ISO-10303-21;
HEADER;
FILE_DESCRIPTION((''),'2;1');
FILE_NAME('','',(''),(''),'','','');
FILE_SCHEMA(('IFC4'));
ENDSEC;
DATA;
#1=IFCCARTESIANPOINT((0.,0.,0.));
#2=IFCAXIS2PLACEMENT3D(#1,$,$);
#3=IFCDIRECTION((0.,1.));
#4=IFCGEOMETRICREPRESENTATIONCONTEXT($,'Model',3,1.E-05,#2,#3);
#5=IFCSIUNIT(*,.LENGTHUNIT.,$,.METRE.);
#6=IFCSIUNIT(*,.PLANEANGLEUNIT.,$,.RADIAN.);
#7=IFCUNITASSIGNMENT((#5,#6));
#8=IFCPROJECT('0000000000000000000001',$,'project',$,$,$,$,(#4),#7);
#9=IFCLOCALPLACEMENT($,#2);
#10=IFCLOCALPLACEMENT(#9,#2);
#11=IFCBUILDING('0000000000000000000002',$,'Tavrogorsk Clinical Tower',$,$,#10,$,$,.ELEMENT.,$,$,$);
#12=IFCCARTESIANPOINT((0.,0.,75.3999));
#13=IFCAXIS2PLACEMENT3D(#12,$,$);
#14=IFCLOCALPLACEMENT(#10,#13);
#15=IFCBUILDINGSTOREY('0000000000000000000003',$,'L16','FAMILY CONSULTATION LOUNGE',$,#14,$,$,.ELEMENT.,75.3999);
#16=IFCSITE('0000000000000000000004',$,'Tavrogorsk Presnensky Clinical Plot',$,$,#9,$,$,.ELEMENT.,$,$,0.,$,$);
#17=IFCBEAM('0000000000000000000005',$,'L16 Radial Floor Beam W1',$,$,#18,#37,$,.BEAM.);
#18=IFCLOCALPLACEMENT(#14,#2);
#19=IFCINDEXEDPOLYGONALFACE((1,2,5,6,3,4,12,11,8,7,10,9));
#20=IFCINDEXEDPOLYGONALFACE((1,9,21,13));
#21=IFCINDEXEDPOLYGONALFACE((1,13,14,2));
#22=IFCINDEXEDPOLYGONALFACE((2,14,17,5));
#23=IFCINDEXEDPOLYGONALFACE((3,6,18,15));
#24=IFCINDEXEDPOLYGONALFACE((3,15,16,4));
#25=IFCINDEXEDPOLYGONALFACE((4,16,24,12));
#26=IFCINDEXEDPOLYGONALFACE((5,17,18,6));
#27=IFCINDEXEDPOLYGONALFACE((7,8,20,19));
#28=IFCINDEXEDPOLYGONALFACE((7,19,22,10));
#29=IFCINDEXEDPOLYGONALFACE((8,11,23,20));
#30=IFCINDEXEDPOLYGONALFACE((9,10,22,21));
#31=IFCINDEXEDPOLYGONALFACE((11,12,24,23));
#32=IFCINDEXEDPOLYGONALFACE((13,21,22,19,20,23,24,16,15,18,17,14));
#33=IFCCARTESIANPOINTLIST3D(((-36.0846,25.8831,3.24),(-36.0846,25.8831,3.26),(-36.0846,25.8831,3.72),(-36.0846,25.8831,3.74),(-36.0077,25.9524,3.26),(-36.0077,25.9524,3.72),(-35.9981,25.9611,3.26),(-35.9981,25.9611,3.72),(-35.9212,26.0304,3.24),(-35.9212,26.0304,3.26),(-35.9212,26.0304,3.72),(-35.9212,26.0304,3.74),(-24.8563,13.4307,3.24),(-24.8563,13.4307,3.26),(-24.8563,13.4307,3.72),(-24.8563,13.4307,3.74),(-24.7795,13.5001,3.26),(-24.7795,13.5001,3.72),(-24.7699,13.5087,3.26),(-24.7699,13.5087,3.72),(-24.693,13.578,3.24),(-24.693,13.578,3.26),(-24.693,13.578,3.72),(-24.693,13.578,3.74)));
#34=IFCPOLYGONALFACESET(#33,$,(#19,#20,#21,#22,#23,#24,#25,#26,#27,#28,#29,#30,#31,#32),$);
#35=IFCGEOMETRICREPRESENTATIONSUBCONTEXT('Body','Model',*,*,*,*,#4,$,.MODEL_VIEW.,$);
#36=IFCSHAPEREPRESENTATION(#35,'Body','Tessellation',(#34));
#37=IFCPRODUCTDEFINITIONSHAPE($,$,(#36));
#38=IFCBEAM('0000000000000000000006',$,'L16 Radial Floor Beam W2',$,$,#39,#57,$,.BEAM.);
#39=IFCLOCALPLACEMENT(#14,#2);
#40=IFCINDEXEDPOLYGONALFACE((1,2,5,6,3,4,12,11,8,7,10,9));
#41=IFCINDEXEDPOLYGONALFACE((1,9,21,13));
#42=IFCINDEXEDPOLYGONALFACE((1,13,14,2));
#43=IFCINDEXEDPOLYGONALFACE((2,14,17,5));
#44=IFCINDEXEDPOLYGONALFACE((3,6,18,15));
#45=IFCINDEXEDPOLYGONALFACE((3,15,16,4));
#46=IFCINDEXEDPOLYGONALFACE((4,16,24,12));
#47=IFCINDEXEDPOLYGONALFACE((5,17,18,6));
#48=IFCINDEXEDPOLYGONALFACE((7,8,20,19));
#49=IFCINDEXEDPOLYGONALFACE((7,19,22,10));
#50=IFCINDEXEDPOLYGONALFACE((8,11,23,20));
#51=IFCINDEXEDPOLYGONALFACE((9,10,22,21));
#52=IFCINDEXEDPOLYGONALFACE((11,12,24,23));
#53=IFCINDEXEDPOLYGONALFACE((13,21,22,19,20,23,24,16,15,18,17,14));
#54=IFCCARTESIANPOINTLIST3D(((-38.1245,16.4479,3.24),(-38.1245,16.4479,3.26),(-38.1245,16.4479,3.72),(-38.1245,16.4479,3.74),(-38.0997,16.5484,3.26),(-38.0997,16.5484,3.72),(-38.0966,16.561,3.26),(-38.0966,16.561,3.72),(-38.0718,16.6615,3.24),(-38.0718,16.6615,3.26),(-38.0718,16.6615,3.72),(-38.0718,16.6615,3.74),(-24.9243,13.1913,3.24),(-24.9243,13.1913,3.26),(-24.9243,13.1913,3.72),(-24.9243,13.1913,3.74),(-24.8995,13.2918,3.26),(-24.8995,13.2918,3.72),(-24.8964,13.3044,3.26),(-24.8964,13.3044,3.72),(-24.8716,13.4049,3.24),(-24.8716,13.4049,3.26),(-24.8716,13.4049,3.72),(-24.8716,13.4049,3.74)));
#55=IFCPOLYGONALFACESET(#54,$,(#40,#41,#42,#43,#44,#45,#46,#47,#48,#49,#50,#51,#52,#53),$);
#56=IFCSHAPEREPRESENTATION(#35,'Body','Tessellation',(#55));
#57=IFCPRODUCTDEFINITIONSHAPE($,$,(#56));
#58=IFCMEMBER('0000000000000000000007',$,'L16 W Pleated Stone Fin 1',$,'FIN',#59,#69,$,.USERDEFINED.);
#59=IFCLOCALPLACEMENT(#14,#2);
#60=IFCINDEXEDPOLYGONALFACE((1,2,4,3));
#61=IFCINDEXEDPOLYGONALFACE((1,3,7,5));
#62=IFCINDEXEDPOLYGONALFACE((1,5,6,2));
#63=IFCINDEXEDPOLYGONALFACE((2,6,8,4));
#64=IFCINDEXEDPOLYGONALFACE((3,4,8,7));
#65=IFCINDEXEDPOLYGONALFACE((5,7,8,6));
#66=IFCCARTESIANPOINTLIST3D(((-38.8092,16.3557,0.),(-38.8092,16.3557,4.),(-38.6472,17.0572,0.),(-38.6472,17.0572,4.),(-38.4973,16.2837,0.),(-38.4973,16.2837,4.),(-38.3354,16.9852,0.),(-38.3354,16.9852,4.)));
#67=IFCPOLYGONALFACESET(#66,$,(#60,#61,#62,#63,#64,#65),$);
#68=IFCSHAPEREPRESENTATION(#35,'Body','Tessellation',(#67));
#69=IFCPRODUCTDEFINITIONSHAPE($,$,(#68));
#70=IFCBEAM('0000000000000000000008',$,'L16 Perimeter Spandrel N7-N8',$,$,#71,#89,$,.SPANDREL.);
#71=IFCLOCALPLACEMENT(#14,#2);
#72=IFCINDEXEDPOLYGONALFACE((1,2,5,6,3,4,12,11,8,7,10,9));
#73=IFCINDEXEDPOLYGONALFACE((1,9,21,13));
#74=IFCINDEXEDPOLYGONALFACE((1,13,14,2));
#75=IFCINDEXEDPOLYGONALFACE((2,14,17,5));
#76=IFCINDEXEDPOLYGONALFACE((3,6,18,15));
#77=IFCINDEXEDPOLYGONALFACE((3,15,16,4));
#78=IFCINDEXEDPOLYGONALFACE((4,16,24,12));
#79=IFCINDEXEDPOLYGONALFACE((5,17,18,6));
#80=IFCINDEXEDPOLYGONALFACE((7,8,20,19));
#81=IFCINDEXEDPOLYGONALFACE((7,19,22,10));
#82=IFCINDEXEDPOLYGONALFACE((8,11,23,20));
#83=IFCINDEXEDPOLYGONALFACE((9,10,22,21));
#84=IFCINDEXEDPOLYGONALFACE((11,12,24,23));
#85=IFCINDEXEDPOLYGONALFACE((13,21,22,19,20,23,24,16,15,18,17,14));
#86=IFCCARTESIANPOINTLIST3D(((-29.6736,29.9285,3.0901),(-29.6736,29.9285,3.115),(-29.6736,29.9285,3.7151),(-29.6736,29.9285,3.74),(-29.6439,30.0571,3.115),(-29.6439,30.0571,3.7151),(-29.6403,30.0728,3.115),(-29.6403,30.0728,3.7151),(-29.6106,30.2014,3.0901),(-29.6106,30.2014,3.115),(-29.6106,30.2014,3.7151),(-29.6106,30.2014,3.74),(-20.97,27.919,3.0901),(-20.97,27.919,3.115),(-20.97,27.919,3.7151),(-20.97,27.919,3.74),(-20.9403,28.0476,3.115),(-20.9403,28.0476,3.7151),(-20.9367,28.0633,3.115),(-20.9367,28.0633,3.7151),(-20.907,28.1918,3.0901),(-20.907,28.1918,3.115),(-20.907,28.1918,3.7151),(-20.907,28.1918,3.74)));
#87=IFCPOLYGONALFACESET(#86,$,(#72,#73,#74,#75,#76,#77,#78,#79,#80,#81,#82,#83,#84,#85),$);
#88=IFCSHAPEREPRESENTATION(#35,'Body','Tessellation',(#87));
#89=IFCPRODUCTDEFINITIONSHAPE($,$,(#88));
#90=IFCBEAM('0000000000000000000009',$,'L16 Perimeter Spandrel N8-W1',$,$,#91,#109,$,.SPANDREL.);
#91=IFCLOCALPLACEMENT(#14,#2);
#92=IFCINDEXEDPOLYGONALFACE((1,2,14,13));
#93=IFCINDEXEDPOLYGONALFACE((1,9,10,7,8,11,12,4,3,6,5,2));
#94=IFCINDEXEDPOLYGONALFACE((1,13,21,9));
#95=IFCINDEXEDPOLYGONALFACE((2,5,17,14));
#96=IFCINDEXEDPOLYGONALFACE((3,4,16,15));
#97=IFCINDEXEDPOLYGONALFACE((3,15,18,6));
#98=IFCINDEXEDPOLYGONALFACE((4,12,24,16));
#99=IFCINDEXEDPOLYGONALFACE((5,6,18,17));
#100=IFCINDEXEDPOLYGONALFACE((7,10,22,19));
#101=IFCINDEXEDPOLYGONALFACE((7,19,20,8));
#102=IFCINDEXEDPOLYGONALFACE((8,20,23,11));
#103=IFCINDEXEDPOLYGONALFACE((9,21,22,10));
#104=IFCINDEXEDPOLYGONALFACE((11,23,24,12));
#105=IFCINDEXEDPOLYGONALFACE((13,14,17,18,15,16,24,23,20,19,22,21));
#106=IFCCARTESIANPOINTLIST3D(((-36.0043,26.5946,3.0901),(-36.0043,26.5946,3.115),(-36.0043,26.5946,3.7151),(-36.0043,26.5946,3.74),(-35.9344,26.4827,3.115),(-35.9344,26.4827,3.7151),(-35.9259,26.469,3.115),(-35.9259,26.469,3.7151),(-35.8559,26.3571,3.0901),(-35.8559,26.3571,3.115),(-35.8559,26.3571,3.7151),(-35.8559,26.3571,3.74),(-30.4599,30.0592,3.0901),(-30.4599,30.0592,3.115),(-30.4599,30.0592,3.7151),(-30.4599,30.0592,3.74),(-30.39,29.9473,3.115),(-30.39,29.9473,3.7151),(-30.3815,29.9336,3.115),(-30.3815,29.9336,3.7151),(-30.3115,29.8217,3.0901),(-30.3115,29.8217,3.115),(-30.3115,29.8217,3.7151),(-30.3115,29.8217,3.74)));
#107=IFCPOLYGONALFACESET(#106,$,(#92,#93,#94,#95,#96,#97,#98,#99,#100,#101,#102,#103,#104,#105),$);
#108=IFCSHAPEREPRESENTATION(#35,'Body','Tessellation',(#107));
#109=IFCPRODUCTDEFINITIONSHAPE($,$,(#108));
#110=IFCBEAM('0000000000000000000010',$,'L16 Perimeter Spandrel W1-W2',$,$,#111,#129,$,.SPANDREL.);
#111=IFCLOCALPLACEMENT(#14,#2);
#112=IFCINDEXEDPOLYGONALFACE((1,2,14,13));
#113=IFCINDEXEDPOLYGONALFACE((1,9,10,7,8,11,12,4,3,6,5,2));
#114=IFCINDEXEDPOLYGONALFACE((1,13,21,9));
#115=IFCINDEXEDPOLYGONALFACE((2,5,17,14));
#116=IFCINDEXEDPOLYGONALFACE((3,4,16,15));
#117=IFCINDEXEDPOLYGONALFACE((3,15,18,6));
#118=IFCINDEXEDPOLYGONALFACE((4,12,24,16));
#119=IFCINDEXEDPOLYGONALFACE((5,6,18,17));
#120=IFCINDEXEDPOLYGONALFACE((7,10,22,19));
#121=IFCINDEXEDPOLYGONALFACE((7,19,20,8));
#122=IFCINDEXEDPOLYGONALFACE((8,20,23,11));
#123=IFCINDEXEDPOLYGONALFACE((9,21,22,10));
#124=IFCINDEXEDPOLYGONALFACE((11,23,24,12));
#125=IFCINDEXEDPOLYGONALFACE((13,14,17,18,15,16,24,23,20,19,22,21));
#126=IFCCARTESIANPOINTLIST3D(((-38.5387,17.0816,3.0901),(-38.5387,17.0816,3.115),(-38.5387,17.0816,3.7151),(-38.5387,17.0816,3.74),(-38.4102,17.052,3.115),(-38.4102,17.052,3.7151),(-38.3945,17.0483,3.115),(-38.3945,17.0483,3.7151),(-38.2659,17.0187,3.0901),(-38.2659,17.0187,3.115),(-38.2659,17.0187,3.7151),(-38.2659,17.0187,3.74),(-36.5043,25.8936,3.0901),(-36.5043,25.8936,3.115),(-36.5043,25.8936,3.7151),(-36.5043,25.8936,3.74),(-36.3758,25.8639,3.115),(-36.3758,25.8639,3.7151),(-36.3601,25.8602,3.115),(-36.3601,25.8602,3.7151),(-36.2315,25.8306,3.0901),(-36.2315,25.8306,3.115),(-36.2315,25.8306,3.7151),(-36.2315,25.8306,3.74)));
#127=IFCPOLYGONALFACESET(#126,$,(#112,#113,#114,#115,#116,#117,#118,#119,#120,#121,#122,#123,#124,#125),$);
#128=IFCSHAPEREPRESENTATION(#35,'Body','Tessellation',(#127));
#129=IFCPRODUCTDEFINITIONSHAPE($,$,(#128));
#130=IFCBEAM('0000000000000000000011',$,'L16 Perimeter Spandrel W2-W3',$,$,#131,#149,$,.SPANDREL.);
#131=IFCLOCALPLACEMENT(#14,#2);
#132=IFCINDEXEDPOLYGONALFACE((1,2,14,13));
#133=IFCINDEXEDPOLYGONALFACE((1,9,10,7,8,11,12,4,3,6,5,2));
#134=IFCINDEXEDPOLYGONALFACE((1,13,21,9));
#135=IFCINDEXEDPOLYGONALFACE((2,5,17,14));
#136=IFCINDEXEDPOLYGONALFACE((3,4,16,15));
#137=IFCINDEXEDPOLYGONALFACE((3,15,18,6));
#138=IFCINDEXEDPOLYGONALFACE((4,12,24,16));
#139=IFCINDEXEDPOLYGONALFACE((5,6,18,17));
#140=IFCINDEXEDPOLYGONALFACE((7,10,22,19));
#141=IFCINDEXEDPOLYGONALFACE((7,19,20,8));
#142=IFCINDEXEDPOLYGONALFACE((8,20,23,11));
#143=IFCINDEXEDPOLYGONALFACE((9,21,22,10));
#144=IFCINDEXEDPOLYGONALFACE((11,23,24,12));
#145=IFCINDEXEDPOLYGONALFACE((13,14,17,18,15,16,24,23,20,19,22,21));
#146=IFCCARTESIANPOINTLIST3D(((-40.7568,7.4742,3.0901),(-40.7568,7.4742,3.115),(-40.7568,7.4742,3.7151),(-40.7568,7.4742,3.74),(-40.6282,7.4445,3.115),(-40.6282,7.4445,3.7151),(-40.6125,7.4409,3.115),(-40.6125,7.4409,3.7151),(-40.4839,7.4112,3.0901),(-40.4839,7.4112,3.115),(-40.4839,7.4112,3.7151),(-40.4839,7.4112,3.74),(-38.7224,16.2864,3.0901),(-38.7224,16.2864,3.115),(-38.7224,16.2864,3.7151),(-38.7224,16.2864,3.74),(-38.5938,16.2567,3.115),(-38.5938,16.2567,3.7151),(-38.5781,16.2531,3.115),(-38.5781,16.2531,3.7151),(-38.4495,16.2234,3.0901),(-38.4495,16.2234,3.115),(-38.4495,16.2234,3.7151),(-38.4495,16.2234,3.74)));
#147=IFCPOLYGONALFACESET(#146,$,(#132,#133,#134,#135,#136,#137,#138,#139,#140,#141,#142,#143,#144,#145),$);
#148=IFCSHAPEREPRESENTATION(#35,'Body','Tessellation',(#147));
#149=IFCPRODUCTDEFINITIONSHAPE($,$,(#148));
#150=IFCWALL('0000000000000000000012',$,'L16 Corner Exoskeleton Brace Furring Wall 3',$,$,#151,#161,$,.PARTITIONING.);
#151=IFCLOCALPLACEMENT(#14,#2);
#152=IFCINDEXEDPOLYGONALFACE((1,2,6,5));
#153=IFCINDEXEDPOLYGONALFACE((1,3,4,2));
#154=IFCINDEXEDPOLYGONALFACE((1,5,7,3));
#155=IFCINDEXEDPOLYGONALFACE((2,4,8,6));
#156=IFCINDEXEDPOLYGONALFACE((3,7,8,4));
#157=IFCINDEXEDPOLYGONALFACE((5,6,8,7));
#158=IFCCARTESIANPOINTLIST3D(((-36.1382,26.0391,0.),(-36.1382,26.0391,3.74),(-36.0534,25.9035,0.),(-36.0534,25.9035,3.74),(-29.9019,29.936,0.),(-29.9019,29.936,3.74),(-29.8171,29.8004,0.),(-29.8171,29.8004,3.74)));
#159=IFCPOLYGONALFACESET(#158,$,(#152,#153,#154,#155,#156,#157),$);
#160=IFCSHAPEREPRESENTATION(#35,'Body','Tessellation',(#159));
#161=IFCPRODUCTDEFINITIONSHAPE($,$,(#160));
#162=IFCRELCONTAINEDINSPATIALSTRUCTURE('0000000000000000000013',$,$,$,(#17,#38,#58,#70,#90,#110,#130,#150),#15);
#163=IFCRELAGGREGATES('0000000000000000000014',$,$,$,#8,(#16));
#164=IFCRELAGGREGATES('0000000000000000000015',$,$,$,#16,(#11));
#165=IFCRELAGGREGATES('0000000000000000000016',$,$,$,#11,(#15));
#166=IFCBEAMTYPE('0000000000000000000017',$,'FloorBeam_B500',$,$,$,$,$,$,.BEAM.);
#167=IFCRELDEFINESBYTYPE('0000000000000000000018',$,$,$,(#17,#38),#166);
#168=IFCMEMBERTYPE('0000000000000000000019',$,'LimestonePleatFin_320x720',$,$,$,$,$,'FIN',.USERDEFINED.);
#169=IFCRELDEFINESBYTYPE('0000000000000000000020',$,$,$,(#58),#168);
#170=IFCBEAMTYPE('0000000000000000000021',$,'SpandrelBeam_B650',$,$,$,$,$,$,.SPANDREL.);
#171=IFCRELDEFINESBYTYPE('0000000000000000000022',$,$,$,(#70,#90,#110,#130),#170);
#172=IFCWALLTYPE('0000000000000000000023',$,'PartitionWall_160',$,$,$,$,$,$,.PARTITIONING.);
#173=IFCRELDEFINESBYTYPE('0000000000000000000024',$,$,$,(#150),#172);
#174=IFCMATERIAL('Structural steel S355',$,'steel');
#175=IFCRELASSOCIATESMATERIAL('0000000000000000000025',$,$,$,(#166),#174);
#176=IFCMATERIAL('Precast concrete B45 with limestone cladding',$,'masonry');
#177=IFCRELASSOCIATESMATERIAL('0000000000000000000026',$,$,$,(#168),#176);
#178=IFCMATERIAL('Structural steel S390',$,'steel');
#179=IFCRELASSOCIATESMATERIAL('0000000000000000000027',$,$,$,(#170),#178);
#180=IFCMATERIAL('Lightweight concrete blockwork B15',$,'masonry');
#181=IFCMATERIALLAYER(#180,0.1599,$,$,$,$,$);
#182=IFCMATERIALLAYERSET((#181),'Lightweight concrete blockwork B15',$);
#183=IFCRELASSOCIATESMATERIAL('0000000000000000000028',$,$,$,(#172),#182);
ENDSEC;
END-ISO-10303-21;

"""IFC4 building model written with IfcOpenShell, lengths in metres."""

from ifc_helpers import new_model, si_unit, direction, frame, frame_2d, origin, origin_2d, place, context, subcontext, project, spatial, rectangle, i_section, extrude, material, layer, layer_set, material_profile, profile_set, type_object, element, save


model = new_model("IFC4")

# Units and contexts
model_context = context("Model", 3, precision=1e-05, world=origin(), true_north=direction((0.0, 1.0)))
body_context = subcontext(model_context, "Body", "Model", "MODEL_VIEW")
ifc_project = project(units=[si_unit("LENGTHUNIT", "METRE"), si_unit("PLANEANGLEUNIT", "RADIAN")], contexts=[model_context])

# Site, building, storey
site_placement = place(None, origin())
site = spatial("IfcSite", under=ifc_project, at=site_placement, Name="Tavrogorsk Presnensky Clinical Plot", CompositionType="ELEMENT", RefElevation=0.0)
building_placement = place(site_placement, origin())
building = spatial("IfcBuilding", under=site, at=building_placement, Name="Tavrogorsk Clinical Tower", CompositionType="ELEMENT")
storey_placement = place(building_placement, frame((0.0, 0.0, 75.3999)))
storey = spatial("IfcBuildingStorey", under=building, at=storey_placement, Name="L16", Description="FAMILY CONSULTATION LOUNGE", CompositionType="ELEMENT", Elevation=75.3999)

# Beams
ifc_material_1 = material(Name="Structural steel S355", Category="steel")
ifc_material_profile_1 = material_profile(ifc_material_1, i_section(OverallWidth=0.22, OverallDepth=0.5, WebThickness=0.0129, FlangeThickness=0.02, at=origin_2d()), Name="B-500x220x13x20")
ifc_profile_set_1 = profile_set([ifc_material_profile_1], Name="Structural steel S355")
beam_type_1 = type_object("IfcBeamType", Name="FloorBeam_B500", PredefinedType="BEAM", material=ifc_profile_set_1)
beam_1_placement = place(storey_placement, frame((-24.7747, 13.5044, 3.49), z_axis=(-0.66966, 0.742668, 0.0), x_axis=(-0.742668, -0.66966, 0.0)))
element("IfcBeam", 1, at=beam_1_placement, inside=storey, type_object=beam_type_1, Name="L16 Radial Floor Beam W1", PredefinedType="BEAM", context=body_context, shape_type="SweptSolid", body=[
    extrude(i_section(OverallWidth=0.22, OverallDepth=0.5, WebThickness=0.0129, FlangeThickness=0.02, at=origin_2d()), origin(), (0.0, 0.0, 1.0), 16.7671),
])
beam_2_placement = place(storey_placement, frame((-24.8979, 13.2981, 3.49), z_axis=(-0.97089, 0.239526, 0.0), x_axis=(-0.239526, -0.97089, 0.0)))
element("IfcBeam", 2, at=beam_2_placement, inside=storey, type_object=beam_type_1, Name="L16 Radial Floor Beam W2", PredefinedType="BEAM", context=body_context, shape_type="SweptSolid", body=[
    extrude(i_section(OverallWidth=0.22, OverallDepth=0.5, WebThickness=0.0129, FlangeThickness=0.02, at=origin_2d()), origin(), (0.0, 0.0, 1.0), 13.5959),
])

# Member
ifc_material_2 = material(Name="Precast concrete B45 with limestone cladding", Category="masonry")
ifc_material_profile_2 = material_profile(ifc_material_2, rectangle(XDim=0.3201, YDim=0.72, at=origin_2d()), Name="LIMESTONE-FIN-320x720")
ifc_profile_set_2 = profile_set([ifc_material_profile_2], Name="Precast concrete B45 with limestone cladding")
member_type_1 = type_object("IfcMemberType", Name="LimestonePleatFin_320x720", ElementType="FIN", PredefinedType="USERDEFINED", material=ifc_profile_set_2)
member_1_placement = place(storey_placement, frame((-38.5723, 16.6704, 0.0), z_axis=(0.0, 0.0, 1.0), x_axis=(0.97437, -0.224951, 0.0)))
element("IfcMember", 3, at=member_1_placement, inside=storey, type_object=member_type_1, Name="L16 W Pleated Stone Fin 1", ObjectType="FIN", PredefinedType="USERDEFINED", context=body_context, shape_type="SweptSolid", body=[
    extrude(rectangle(XDim=0.3201, YDim=0.72, at=origin_2d()), origin(), (0.0, 0.0, 1.0), 4.0),
])

# Beams
ifc_material_3 = material(Name="Structural steel S390", Category="steel")
ifc_material_profile_3 = material_profile(ifc_material_3, i_section(OverallWidth=0.28, OverallDepth=0.6499, WebThickness=0.0161, FlangeThickness=0.0249, at=origin_2d()), Name="B-650x280x16x25")
ifc_profile_set_3 = profile_set([ifc_material_profile_3], Name="Structural steel S390")
beam_type_2 = type_object("IfcBeamType", Name="SpandrelBeam_B650", PredefinedType="SPANDREL", material=ifc_profile_set_3)
beam_3_placement = place(storey_placement, frame((-20.9385, 28.0554, 3.415), z_axis=(-0.974367, 0.224965, 0.0), x_axis=(-0.224965, -0.974367, 0.0)))
element("IfcBeam", 4, at=beam_3_placement, inside=storey, type_object=beam_type_2, Name="L16 Perimeter Spandrel N7-N8", PredefinedType="SPANDREL", context=body_context, shape_type="SweptSolid", body=[
    extrude(i_section(OverallWidth=0.28, OverallDepth=0.6499, WebThickness=0.0161, FlangeThickness=0.0249, at=origin_2d()), origin(), (0.0, 0.0, 1.0), 8.9326),
])
beam_4_placement = place(storey_placement, frame((-30.3857, 29.9404, 3.415), z_axis=(-0.848044, -0.529925, 0.0), x_axis=(0.529925, -0.848044, 0.0)))
element("IfcBeam", 5, at=beam_4_placement, inside=storey, type_object=beam_type_2, Name="L16 Perimeter Spandrel N8-W1", PredefinedType="SPANDREL", context=body_context, shape_type="SweptSolid", body=[
    extrude(i_section(OverallWidth=0.28, OverallDepth=0.6499, WebThickness=0.0161, FlangeThickness=0.0249, at=origin_2d()), origin(), (0.0, 0.0, 1.0), 6.5378),
])
beam_5_placement = place(storey_placement, frame((-36.3679, 25.8621, 3.415), z_axis=(-0.224952, -0.97437, 0.0), x_axis=(0.97437, -0.224952, 0.0)))
element("IfcBeam", 6, at=beam_5_placement, inside=storey, type_object=beam_type_2, Name="L16 Perimeter Spandrel W1-W2", PredefinedType="SPANDREL", context=body_context, shape_type="SweptSolid", body=[
    extrude(i_section(OverallWidth=0.28, OverallDepth=0.6499, WebThickness=0.0161, FlangeThickness=0.0249, at=origin_2d()), origin(), (0.0, 0.0, 1.0), 9.0437),
])
beam_6_placement = place(storey_placement, frame((-38.5859, 16.2549, 3.415), z_axis=(-0.224946, -0.974371, 0.0), x_axis=(0.974371, -0.224946, 0.0)))
element("IfcBeam", 7, at=beam_6_placement, inside=storey, type_object=beam_type_2, Name="L16 Perimeter Spandrel W2-W3", PredefinedType="SPANDREL", context=body_context, shape_type="SweptSolid", body=[
    extrude(i_section(OverallWidth=0.28, OverallDepth=0.6499, WebThickness=0.0161, FlangeThickness=0.0249, at=origin_2d()), origin(), (0.0, 0.0, 1.0), 9.0439),
])

# Wall
ifc_material_4 = material(Name="Lightweight concrete blockwork B15", Category="masonry")
ifc_layer_1 = layer(ifc_material_4, 0.1599)
ifc_layer_set_1 = layer_set([ifc_layer_1], Name="Lightweight concrete blockwork B15")
wall_type_1 = type_object("IfcWallType", Name="PartitionWall_160", PredefinedType="PARTITIONING", material=ifc_layer_set_1)
wall_1_placement = place(storey_placement, frame((-29.8596, 29.8682, 0.0), z_axis=(0.0, 0.0, 1.0), x_axis=(-0.848043, -0.529927, 0.0)))
element("IfcWall", 8, at=wall_1_placement, inside=storey, type_object=wall_type_1, Name="L16 Corner Exoskeleton Brace Furring Wall 3", PredefinedType="PARTITIONING", context=body_context, shape_type="SweptSolid", body=[
    extrude(rectangle(XDim=7.3538, YDim=0.1599, at=frame_2d((3.6768, 0.0))), origin(), (0.0, 0.0, 1.0), 3.74),
])

save(model, "model.ifc")
